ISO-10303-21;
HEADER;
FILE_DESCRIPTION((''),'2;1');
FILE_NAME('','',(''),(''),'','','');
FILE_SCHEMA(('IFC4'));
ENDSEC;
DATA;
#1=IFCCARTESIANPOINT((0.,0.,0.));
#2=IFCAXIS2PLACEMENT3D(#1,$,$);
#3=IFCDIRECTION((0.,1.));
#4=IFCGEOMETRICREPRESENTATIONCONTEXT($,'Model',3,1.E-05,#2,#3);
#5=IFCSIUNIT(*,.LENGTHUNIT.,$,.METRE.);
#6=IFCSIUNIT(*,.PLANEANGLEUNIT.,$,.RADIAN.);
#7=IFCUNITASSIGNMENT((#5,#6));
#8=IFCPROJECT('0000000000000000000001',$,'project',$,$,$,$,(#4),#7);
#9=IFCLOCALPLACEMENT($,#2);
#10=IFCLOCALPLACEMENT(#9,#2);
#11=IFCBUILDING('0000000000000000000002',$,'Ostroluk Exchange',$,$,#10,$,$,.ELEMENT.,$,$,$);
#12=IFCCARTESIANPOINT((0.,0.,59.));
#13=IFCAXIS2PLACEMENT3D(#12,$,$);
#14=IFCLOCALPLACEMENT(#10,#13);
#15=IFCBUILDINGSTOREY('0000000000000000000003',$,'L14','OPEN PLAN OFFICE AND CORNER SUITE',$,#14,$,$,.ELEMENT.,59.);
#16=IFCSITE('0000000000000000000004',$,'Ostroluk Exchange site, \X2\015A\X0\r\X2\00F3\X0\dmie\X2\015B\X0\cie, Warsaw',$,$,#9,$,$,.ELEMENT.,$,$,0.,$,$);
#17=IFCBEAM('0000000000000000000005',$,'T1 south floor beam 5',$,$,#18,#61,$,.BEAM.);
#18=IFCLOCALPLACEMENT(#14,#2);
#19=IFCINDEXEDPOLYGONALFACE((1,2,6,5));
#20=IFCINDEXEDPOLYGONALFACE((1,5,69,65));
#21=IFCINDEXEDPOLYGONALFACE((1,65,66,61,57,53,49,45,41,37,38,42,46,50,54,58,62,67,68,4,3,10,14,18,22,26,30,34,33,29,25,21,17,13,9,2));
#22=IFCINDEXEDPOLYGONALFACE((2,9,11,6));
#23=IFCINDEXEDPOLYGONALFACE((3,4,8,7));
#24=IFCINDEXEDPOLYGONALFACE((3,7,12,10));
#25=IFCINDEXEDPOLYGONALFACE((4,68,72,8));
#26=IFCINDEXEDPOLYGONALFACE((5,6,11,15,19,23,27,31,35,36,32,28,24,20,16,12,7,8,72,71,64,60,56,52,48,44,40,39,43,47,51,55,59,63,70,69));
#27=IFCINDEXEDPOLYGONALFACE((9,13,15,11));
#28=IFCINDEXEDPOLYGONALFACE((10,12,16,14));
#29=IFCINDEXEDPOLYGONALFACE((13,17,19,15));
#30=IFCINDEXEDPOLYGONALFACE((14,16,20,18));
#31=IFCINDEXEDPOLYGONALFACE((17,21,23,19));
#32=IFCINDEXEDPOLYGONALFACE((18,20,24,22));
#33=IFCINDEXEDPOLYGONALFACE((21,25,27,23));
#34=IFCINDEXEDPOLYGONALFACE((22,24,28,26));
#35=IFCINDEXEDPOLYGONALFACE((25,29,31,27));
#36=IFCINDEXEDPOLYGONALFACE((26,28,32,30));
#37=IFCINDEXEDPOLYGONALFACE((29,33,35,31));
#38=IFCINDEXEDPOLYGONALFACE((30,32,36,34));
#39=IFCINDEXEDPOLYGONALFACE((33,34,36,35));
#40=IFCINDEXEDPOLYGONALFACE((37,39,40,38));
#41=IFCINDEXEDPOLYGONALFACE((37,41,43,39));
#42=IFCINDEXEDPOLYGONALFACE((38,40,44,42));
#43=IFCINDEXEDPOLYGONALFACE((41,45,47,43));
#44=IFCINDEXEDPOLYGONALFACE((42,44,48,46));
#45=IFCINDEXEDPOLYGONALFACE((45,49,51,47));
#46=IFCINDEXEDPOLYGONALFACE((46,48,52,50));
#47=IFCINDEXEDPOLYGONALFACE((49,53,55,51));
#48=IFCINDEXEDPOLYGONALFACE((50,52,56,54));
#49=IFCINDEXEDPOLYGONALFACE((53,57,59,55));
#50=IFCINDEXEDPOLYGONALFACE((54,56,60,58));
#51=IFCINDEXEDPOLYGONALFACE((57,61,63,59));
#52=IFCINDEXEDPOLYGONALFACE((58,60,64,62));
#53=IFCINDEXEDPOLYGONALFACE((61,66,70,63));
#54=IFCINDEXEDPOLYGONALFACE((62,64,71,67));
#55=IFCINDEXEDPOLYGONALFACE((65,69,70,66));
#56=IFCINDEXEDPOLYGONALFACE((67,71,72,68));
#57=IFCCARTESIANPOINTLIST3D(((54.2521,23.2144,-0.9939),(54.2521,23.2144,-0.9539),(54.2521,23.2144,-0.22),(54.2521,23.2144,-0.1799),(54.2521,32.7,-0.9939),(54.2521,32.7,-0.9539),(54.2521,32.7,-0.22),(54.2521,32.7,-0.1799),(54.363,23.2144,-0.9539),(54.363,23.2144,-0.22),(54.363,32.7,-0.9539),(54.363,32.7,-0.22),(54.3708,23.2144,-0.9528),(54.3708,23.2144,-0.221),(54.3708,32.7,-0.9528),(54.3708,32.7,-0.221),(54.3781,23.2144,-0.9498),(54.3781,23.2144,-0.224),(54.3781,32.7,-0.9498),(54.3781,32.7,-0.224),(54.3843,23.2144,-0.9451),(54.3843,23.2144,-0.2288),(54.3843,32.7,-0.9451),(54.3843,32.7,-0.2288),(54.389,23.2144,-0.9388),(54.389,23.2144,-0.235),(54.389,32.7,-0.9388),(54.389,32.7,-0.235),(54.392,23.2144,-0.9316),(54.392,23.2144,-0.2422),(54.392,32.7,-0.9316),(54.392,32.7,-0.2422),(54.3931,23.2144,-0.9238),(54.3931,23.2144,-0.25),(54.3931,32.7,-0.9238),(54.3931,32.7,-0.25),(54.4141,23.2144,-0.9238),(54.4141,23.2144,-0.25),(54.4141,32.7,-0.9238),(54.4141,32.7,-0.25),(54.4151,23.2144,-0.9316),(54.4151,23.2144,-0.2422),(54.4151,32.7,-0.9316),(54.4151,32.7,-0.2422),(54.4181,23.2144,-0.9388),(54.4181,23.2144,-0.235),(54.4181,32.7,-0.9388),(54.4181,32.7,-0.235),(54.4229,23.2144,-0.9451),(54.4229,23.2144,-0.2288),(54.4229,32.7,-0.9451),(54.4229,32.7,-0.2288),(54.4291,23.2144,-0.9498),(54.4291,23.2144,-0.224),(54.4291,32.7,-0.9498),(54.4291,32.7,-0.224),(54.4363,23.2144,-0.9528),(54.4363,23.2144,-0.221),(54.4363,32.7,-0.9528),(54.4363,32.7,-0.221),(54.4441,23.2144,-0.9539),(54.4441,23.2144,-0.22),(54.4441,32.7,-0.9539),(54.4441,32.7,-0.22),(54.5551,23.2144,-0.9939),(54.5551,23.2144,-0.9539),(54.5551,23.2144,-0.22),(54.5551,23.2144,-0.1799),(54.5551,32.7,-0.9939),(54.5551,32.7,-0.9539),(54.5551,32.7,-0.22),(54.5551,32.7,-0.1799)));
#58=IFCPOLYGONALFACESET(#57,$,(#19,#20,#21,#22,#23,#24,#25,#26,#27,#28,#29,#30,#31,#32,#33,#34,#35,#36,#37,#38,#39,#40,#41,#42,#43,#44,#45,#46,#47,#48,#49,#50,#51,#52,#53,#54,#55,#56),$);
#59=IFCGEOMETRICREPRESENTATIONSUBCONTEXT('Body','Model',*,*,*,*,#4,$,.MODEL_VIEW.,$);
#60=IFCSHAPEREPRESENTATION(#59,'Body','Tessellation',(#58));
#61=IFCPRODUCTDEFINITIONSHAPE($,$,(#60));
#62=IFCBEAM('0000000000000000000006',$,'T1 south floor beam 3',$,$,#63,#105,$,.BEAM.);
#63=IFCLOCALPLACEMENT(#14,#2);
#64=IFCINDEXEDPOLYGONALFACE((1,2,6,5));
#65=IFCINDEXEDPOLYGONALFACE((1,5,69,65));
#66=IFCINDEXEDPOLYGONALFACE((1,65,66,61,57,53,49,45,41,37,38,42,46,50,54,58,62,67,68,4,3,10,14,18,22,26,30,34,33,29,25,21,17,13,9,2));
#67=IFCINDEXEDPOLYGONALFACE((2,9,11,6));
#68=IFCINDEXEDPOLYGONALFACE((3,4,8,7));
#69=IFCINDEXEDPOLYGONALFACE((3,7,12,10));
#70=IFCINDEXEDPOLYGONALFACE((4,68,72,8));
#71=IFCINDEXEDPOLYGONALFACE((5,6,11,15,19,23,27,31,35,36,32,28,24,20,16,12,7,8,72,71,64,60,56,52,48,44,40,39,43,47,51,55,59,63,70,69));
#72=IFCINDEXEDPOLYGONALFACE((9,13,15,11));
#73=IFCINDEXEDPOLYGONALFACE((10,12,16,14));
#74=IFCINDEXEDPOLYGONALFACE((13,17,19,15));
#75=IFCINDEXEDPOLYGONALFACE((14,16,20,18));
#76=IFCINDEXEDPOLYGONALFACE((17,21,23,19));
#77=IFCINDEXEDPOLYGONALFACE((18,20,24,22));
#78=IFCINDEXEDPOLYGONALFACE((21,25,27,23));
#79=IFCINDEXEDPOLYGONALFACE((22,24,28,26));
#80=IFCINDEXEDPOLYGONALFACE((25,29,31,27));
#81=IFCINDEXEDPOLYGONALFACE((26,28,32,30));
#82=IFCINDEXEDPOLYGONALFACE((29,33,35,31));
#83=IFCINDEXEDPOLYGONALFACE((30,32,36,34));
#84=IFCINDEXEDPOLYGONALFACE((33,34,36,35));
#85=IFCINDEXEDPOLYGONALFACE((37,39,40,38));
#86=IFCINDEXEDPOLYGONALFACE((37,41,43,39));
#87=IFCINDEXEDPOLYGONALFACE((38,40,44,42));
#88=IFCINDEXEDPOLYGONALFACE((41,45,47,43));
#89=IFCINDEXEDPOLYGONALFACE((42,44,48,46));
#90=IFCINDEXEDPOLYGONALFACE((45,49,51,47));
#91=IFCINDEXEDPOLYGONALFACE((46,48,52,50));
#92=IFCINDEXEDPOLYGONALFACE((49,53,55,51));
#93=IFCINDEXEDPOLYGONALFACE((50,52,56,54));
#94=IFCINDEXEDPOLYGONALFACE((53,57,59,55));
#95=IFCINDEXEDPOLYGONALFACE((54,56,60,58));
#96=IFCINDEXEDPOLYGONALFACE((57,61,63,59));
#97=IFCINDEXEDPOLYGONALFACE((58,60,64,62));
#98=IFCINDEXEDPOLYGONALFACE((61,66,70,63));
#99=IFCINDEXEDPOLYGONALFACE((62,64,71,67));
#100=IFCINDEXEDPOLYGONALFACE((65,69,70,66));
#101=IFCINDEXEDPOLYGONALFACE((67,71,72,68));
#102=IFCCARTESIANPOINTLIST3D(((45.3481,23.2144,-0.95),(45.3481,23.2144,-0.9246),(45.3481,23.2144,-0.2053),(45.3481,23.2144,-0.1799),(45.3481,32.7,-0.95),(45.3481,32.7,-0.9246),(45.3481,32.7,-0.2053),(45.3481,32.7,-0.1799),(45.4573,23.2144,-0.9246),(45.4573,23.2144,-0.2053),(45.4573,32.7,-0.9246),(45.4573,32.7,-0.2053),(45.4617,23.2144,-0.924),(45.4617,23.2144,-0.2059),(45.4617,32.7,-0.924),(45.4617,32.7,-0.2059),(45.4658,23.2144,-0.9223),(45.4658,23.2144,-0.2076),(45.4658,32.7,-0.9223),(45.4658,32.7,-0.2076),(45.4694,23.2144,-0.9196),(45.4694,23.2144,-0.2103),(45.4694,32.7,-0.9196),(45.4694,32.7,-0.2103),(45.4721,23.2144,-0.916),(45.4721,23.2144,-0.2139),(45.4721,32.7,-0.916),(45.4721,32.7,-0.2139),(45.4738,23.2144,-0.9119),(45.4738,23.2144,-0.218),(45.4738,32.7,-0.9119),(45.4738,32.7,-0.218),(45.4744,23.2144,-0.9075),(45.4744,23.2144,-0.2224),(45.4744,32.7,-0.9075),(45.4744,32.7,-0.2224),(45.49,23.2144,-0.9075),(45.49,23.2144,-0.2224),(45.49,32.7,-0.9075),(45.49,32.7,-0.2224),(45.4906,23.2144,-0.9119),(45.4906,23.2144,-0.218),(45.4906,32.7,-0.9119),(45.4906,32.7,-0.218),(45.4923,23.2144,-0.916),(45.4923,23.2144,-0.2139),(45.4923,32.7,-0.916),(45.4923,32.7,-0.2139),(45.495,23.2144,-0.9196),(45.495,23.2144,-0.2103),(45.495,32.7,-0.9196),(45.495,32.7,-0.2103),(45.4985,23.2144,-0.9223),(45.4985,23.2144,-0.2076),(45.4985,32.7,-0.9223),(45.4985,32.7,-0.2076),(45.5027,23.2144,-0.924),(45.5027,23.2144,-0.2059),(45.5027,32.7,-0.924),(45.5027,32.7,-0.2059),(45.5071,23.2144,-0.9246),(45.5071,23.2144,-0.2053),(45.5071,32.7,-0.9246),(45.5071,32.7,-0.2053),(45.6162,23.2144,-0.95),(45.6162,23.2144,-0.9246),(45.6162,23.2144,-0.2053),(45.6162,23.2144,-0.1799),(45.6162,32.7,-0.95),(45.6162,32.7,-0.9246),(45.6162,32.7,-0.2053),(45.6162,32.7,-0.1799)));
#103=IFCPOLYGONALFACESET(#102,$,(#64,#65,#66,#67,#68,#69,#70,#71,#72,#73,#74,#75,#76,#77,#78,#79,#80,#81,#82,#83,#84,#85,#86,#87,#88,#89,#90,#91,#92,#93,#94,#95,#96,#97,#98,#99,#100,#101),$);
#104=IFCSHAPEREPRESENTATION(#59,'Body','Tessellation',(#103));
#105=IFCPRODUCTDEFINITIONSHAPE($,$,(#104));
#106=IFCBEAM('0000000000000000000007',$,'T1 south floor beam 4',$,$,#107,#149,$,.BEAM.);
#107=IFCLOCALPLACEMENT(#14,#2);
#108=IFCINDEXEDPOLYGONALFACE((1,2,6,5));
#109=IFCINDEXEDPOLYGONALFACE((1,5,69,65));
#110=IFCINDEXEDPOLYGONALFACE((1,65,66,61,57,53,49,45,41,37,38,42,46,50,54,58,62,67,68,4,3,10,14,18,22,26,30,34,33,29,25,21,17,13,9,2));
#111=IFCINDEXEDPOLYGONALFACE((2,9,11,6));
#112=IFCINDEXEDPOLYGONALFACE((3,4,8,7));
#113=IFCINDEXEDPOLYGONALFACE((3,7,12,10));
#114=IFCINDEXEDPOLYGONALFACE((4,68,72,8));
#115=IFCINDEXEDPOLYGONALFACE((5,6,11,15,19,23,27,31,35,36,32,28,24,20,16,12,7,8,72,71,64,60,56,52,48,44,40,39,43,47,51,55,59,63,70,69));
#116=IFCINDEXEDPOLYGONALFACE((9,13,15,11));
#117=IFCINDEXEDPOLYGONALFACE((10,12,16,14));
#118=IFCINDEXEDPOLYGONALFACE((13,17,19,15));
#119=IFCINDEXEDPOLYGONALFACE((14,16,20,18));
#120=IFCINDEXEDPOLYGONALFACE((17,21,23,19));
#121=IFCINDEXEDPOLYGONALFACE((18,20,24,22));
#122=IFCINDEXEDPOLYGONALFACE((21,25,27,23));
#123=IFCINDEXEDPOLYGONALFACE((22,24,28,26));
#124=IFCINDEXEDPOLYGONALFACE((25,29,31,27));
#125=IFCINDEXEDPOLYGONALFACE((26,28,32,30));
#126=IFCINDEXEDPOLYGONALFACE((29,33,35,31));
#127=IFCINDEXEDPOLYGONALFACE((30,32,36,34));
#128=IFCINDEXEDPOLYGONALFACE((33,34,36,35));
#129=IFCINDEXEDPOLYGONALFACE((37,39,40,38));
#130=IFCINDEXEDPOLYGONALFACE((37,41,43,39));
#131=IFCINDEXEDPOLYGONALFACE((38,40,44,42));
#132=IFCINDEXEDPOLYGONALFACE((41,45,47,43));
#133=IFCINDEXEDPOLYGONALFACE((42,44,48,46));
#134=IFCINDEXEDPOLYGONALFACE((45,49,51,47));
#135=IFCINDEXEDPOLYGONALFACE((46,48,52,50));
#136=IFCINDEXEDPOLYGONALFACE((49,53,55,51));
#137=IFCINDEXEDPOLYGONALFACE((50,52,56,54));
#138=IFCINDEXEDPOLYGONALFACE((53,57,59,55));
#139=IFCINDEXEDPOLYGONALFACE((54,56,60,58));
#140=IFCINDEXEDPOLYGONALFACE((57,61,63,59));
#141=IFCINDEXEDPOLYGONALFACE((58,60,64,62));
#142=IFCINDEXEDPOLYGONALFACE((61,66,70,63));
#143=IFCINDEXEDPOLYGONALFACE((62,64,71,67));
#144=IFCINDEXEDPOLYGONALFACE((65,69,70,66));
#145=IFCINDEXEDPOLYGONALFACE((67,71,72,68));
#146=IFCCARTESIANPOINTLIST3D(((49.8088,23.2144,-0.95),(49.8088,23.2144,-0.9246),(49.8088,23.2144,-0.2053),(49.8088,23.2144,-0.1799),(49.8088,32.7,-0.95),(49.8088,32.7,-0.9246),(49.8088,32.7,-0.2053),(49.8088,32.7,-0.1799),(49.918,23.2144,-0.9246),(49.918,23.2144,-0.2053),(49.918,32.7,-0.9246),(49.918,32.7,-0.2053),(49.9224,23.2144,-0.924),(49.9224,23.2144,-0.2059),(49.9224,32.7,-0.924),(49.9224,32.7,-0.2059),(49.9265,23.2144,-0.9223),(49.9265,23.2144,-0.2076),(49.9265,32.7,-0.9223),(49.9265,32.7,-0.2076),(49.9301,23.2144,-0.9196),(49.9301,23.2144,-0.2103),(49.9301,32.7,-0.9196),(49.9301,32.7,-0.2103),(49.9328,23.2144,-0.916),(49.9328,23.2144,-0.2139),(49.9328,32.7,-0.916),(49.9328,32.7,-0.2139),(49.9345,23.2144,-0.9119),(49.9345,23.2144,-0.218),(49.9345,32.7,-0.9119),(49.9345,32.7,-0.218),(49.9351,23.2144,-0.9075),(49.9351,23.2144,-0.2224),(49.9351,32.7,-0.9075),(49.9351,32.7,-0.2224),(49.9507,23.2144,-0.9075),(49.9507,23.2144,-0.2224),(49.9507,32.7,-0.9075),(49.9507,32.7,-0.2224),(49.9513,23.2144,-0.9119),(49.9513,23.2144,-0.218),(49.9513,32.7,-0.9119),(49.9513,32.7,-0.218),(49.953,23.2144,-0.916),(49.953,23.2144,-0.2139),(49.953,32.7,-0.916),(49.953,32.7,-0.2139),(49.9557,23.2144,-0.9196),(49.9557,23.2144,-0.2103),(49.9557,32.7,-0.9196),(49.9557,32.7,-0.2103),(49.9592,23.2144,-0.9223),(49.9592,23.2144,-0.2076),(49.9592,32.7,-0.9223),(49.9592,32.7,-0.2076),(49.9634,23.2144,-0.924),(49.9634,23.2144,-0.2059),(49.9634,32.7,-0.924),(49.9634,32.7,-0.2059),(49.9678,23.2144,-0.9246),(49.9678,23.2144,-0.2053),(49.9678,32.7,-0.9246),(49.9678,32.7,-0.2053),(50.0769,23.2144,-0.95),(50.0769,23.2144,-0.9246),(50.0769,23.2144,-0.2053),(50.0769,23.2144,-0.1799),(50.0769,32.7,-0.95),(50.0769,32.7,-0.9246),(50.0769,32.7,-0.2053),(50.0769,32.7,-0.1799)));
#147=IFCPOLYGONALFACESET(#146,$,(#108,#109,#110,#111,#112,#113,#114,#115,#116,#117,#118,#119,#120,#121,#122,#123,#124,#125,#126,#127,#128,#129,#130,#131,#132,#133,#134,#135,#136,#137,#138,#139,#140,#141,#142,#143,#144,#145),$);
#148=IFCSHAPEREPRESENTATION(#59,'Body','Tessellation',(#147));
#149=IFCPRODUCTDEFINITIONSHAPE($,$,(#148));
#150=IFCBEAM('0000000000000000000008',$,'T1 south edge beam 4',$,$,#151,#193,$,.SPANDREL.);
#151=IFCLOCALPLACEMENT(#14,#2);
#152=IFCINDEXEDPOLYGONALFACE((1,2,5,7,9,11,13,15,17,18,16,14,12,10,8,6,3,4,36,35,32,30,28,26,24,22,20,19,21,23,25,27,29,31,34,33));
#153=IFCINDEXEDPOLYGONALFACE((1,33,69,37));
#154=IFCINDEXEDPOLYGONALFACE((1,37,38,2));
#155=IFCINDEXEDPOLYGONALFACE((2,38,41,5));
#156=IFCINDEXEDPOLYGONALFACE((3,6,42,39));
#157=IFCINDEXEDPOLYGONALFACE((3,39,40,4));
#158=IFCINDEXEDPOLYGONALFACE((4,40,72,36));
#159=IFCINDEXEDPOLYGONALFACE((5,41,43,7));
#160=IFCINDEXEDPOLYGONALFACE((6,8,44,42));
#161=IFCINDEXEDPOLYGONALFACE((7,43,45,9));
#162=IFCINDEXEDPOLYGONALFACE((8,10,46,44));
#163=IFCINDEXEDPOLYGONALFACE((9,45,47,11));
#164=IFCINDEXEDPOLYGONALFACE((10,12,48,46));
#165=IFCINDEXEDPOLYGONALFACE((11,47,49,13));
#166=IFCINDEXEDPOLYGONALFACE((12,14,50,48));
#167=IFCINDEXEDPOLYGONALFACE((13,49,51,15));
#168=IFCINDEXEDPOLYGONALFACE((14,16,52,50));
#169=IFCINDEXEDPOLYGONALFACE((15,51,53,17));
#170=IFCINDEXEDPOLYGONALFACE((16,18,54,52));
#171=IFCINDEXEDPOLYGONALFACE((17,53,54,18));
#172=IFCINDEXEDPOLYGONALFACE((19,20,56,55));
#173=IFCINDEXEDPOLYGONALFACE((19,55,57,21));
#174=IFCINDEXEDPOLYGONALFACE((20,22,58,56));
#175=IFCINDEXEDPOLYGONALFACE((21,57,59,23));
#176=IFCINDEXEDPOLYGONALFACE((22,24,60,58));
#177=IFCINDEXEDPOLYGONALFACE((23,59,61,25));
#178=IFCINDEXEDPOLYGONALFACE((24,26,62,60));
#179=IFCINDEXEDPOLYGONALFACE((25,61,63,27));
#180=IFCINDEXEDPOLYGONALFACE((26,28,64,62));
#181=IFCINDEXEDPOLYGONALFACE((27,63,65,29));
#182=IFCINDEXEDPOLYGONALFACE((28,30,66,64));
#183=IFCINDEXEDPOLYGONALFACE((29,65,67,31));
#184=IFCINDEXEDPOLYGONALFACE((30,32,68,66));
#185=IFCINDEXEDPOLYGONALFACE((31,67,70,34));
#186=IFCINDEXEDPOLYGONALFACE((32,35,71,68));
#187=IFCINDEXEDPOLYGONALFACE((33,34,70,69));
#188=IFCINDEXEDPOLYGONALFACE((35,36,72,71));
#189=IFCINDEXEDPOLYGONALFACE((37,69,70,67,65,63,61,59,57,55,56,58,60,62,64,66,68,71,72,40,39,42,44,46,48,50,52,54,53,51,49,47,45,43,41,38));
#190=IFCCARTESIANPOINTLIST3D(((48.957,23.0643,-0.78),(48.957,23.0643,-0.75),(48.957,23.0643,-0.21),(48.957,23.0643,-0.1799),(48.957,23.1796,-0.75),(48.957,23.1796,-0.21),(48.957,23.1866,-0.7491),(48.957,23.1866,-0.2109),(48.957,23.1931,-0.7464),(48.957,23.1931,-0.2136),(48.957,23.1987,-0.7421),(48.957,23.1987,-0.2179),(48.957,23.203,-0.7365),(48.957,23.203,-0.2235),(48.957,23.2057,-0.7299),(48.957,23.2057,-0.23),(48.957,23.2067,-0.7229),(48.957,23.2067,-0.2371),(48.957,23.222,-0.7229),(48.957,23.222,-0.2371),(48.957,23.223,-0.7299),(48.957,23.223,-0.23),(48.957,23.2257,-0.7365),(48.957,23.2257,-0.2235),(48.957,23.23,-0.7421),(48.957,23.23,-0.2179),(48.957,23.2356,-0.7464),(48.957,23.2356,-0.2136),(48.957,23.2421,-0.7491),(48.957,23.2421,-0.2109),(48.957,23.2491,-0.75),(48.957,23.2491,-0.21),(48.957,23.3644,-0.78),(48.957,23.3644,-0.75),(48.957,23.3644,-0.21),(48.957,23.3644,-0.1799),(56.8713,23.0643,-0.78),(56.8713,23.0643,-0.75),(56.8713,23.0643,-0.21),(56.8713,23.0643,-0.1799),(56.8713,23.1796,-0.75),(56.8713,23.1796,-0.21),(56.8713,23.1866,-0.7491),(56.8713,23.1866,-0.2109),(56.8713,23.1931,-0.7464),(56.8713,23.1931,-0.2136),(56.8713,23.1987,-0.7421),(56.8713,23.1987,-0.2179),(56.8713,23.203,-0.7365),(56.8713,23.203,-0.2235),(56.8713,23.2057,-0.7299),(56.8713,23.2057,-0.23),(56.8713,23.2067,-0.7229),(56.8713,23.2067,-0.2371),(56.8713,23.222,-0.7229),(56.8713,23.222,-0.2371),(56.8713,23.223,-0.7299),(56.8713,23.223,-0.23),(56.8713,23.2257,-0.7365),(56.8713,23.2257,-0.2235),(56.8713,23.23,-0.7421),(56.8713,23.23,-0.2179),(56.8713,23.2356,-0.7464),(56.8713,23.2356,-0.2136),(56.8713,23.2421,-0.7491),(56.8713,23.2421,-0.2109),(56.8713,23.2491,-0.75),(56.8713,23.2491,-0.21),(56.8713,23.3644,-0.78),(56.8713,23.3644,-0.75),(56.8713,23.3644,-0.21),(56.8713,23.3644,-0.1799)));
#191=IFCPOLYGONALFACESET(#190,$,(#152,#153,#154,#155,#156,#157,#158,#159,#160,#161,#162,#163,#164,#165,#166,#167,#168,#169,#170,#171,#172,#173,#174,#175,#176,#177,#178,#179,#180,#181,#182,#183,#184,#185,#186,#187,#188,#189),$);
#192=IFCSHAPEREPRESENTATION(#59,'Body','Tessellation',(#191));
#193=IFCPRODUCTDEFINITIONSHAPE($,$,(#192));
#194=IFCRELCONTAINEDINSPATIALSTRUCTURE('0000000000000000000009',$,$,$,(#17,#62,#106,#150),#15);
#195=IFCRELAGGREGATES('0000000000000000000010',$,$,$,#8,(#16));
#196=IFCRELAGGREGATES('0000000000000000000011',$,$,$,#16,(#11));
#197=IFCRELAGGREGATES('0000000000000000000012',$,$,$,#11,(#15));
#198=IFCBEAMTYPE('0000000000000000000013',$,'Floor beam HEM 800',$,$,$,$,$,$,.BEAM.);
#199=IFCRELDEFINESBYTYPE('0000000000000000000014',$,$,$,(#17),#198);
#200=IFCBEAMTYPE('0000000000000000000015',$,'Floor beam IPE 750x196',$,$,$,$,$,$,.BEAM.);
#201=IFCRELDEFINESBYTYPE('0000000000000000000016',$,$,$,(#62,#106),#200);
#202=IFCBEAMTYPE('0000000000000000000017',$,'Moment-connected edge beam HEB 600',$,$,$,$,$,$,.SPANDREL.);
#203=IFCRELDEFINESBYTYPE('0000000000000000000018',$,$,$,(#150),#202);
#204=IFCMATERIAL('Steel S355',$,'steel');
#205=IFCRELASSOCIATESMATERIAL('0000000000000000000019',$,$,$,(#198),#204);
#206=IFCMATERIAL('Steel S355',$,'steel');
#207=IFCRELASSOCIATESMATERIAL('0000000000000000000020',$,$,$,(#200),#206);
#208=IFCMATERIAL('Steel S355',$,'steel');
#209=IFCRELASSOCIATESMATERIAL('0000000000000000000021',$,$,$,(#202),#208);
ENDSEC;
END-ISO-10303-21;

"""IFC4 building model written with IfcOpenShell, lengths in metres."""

from ifc_helpers import new_model, si_unit, direction, frame, origin, origin_2d, place, context, subcontext, project, spatial, i_section, extrude, material, material_profile, profile_set, type_object, element, save


model = new_model("IFC4")

# Units and contexts
model_context = context("Model", 3, precision=1e-05, world=origin(), true_north=direction((0.0, 1.0)))
body_context = subcontext(model_context, "Body", "Model", "MODEL_VIEW")
ifc_project = project(units=[si_unit("LENGTHUNIT", "METRE"), si_unit("PLANEANGLEUNIT", "RADIAN")], contexts=[model_context])

# Site, building, storey
site_placement = place(None, origin())
site = spatial("IfcSite", under=ifc_project, at=site_placement, Name="Ostroluk Exchange site, Śródmieście, Warsaw", CompositionType="ELEMENT", RefElevation=0.0)
building_placement = place(site_placement, origin())
building = spatial("IfcBuilding", under=site, at=building_placement, Name="Ostroluk Exchange", CompositionType="ELEMENT")
storey_placement = place(building_placement, frame((0.0, 0.0, 59.0)))
storey = spatial("IfcBuildingStorey", under=building, at=storey_placement, Name="L14", Description="OPEN PLAN OFFICE AND CORNER SUITE", CompositionType="ELEMENT", Elevation=59.0)

# Beams
ifc_material_1 = material(Name="Steel S355", Category="steel")
ifc_material_profile_1 = material_profile(ifc_material_1, i_section(OverallWidth=0.303, OverallDepth=0.814, WebThickness=0.021, FlangeThickness=0.04, FilletRadius=0.03, at=origin_2d()), Name="HEM 800")
ifc_profile_set_1 = profile_set([ifc_material_profile_1], Name="Steel S355")
beam_type_1 = type_object("IfcBeamType", Name="Floor beam HEM 800", PredefinedType="BEAM", material=ifc_profile_set_1)
beam_placement = place(storey_placement, frame((54.4036, 32.7, -0.5869), z_axis=(0.0, -1.0, 0.0), x_axis=(1.0, 0.0, 0.0)))
element("IfcBeam", 1, at=beam_placement, inside=storey, type_object=beam_type_1, Name="T1 south floor beam 5", PredefinedType="BEAM", context=body_context, shape_type="SweptSolid", body=[
    extrude(i_section(OverallWidth=0.303, OverallDepth=0.814, WebThickness=0.021, FlangeThickness=0.04, FilletRadius=0.03, at=origin_2d()), origin(), (0.0, 0.0, 1.0), 9.4856),
])
ifc_material_2 = material(Name="Steel S355", Category="steel")
ifc_material_profile_2 = material_profile(ifc_material_2, i_section(OverallWidth=0.2681, OverallDepth=0.77, WebThickness=0.0156, FlangeThickness=0.0254, FilletRadius=0.0171, at=origin_2d()), Name="IPE 750x196")
ifc_profile_set_2 = profile_set([ifc_material_profile_2], Name="Steel S355")
beam_type_2 = type_object("IfcBeamType", Name="Floor beam IPE 750x196", PredefinedType="BEAM", material=ifc_profile_set_2)
for number, where, z_axis, x_axis, name in (
    (2, (45.4822, 32.7, -0.5649), (0.0, -1.0, 0.0), (1.0, 0.0, 0.0), "T1 south floor beam 3"),
    (3, (49.9429, 32.7, -0.5649), (0.0, -1.0, 0.0), (1.0, 0.0, 0.0), "T1 south floor beam 4"),
):
    element("IfcBeam", number, at=place(storey_placement, frame(where, z_axis=z_axis, x_axis=x_axis)), inside=storey, type_object=beam_type_2, Name=name, PredefinedType="BEAM", context=body_context, shape_type="SweptSolid", body=[
        extrude(i_section(OverallWidth=0.2681, OverallDepth=0.77, WebThickness=0.0156, FlangeThickness=0.0254, FilletRadius=0.0171, at=origin_2d()), origin(), (0.0, 0.0, 1.0), 9.4856),
    ])
ifc_material_3 = material(Name="Steel S355", Category="steel")
ifc_material_profile_3 = material_profile(ifc_material_3, i_section(OverallWidth=0.3, OverallDepth=0.6001, WebThickness=0.0154, FlangeThickness=0.03, FilletRadius=0.0271, at=origin_2d()), Name="HEB 600")
ifc_profile_set_3 = profile_set([ifc_material_profile_3], Name="Steel S355")
beam_type_3 = type_object("IfcBeamType", Name="Moment-connected edge beam HEB 600", PredefinedType="SPANDREL", material=ifc_profile_set_3)
for number, where, z_axis, x_axis, name in (
    (4, (48.957, 23.2144, -0.48), (1.0, 0.0, 0.0), (0.0, 1.0, 0.0), "T1 south edge beam 4"),
):
    element("IfcBeam", number, at=place(storey_placement, frame(where, z_axis=z_axis, x_axis=x_axis)), inside=storey, type_object=beam_type_3, Name=name, PredefinedType="SPANDREL", context=body_context, shape_type="SweptSolid", body=[
        extrude(i_section(OverallWidth=0.3, OverallDepth=0.6001, WebThickness=0.0154, FlangeThickness=0.03, FilletRadius=0.0271, at=origin_2d()), origin(), (0.0, 0.0, 1.0), 7.9143),
    ])

save(model, "model.ifc")
